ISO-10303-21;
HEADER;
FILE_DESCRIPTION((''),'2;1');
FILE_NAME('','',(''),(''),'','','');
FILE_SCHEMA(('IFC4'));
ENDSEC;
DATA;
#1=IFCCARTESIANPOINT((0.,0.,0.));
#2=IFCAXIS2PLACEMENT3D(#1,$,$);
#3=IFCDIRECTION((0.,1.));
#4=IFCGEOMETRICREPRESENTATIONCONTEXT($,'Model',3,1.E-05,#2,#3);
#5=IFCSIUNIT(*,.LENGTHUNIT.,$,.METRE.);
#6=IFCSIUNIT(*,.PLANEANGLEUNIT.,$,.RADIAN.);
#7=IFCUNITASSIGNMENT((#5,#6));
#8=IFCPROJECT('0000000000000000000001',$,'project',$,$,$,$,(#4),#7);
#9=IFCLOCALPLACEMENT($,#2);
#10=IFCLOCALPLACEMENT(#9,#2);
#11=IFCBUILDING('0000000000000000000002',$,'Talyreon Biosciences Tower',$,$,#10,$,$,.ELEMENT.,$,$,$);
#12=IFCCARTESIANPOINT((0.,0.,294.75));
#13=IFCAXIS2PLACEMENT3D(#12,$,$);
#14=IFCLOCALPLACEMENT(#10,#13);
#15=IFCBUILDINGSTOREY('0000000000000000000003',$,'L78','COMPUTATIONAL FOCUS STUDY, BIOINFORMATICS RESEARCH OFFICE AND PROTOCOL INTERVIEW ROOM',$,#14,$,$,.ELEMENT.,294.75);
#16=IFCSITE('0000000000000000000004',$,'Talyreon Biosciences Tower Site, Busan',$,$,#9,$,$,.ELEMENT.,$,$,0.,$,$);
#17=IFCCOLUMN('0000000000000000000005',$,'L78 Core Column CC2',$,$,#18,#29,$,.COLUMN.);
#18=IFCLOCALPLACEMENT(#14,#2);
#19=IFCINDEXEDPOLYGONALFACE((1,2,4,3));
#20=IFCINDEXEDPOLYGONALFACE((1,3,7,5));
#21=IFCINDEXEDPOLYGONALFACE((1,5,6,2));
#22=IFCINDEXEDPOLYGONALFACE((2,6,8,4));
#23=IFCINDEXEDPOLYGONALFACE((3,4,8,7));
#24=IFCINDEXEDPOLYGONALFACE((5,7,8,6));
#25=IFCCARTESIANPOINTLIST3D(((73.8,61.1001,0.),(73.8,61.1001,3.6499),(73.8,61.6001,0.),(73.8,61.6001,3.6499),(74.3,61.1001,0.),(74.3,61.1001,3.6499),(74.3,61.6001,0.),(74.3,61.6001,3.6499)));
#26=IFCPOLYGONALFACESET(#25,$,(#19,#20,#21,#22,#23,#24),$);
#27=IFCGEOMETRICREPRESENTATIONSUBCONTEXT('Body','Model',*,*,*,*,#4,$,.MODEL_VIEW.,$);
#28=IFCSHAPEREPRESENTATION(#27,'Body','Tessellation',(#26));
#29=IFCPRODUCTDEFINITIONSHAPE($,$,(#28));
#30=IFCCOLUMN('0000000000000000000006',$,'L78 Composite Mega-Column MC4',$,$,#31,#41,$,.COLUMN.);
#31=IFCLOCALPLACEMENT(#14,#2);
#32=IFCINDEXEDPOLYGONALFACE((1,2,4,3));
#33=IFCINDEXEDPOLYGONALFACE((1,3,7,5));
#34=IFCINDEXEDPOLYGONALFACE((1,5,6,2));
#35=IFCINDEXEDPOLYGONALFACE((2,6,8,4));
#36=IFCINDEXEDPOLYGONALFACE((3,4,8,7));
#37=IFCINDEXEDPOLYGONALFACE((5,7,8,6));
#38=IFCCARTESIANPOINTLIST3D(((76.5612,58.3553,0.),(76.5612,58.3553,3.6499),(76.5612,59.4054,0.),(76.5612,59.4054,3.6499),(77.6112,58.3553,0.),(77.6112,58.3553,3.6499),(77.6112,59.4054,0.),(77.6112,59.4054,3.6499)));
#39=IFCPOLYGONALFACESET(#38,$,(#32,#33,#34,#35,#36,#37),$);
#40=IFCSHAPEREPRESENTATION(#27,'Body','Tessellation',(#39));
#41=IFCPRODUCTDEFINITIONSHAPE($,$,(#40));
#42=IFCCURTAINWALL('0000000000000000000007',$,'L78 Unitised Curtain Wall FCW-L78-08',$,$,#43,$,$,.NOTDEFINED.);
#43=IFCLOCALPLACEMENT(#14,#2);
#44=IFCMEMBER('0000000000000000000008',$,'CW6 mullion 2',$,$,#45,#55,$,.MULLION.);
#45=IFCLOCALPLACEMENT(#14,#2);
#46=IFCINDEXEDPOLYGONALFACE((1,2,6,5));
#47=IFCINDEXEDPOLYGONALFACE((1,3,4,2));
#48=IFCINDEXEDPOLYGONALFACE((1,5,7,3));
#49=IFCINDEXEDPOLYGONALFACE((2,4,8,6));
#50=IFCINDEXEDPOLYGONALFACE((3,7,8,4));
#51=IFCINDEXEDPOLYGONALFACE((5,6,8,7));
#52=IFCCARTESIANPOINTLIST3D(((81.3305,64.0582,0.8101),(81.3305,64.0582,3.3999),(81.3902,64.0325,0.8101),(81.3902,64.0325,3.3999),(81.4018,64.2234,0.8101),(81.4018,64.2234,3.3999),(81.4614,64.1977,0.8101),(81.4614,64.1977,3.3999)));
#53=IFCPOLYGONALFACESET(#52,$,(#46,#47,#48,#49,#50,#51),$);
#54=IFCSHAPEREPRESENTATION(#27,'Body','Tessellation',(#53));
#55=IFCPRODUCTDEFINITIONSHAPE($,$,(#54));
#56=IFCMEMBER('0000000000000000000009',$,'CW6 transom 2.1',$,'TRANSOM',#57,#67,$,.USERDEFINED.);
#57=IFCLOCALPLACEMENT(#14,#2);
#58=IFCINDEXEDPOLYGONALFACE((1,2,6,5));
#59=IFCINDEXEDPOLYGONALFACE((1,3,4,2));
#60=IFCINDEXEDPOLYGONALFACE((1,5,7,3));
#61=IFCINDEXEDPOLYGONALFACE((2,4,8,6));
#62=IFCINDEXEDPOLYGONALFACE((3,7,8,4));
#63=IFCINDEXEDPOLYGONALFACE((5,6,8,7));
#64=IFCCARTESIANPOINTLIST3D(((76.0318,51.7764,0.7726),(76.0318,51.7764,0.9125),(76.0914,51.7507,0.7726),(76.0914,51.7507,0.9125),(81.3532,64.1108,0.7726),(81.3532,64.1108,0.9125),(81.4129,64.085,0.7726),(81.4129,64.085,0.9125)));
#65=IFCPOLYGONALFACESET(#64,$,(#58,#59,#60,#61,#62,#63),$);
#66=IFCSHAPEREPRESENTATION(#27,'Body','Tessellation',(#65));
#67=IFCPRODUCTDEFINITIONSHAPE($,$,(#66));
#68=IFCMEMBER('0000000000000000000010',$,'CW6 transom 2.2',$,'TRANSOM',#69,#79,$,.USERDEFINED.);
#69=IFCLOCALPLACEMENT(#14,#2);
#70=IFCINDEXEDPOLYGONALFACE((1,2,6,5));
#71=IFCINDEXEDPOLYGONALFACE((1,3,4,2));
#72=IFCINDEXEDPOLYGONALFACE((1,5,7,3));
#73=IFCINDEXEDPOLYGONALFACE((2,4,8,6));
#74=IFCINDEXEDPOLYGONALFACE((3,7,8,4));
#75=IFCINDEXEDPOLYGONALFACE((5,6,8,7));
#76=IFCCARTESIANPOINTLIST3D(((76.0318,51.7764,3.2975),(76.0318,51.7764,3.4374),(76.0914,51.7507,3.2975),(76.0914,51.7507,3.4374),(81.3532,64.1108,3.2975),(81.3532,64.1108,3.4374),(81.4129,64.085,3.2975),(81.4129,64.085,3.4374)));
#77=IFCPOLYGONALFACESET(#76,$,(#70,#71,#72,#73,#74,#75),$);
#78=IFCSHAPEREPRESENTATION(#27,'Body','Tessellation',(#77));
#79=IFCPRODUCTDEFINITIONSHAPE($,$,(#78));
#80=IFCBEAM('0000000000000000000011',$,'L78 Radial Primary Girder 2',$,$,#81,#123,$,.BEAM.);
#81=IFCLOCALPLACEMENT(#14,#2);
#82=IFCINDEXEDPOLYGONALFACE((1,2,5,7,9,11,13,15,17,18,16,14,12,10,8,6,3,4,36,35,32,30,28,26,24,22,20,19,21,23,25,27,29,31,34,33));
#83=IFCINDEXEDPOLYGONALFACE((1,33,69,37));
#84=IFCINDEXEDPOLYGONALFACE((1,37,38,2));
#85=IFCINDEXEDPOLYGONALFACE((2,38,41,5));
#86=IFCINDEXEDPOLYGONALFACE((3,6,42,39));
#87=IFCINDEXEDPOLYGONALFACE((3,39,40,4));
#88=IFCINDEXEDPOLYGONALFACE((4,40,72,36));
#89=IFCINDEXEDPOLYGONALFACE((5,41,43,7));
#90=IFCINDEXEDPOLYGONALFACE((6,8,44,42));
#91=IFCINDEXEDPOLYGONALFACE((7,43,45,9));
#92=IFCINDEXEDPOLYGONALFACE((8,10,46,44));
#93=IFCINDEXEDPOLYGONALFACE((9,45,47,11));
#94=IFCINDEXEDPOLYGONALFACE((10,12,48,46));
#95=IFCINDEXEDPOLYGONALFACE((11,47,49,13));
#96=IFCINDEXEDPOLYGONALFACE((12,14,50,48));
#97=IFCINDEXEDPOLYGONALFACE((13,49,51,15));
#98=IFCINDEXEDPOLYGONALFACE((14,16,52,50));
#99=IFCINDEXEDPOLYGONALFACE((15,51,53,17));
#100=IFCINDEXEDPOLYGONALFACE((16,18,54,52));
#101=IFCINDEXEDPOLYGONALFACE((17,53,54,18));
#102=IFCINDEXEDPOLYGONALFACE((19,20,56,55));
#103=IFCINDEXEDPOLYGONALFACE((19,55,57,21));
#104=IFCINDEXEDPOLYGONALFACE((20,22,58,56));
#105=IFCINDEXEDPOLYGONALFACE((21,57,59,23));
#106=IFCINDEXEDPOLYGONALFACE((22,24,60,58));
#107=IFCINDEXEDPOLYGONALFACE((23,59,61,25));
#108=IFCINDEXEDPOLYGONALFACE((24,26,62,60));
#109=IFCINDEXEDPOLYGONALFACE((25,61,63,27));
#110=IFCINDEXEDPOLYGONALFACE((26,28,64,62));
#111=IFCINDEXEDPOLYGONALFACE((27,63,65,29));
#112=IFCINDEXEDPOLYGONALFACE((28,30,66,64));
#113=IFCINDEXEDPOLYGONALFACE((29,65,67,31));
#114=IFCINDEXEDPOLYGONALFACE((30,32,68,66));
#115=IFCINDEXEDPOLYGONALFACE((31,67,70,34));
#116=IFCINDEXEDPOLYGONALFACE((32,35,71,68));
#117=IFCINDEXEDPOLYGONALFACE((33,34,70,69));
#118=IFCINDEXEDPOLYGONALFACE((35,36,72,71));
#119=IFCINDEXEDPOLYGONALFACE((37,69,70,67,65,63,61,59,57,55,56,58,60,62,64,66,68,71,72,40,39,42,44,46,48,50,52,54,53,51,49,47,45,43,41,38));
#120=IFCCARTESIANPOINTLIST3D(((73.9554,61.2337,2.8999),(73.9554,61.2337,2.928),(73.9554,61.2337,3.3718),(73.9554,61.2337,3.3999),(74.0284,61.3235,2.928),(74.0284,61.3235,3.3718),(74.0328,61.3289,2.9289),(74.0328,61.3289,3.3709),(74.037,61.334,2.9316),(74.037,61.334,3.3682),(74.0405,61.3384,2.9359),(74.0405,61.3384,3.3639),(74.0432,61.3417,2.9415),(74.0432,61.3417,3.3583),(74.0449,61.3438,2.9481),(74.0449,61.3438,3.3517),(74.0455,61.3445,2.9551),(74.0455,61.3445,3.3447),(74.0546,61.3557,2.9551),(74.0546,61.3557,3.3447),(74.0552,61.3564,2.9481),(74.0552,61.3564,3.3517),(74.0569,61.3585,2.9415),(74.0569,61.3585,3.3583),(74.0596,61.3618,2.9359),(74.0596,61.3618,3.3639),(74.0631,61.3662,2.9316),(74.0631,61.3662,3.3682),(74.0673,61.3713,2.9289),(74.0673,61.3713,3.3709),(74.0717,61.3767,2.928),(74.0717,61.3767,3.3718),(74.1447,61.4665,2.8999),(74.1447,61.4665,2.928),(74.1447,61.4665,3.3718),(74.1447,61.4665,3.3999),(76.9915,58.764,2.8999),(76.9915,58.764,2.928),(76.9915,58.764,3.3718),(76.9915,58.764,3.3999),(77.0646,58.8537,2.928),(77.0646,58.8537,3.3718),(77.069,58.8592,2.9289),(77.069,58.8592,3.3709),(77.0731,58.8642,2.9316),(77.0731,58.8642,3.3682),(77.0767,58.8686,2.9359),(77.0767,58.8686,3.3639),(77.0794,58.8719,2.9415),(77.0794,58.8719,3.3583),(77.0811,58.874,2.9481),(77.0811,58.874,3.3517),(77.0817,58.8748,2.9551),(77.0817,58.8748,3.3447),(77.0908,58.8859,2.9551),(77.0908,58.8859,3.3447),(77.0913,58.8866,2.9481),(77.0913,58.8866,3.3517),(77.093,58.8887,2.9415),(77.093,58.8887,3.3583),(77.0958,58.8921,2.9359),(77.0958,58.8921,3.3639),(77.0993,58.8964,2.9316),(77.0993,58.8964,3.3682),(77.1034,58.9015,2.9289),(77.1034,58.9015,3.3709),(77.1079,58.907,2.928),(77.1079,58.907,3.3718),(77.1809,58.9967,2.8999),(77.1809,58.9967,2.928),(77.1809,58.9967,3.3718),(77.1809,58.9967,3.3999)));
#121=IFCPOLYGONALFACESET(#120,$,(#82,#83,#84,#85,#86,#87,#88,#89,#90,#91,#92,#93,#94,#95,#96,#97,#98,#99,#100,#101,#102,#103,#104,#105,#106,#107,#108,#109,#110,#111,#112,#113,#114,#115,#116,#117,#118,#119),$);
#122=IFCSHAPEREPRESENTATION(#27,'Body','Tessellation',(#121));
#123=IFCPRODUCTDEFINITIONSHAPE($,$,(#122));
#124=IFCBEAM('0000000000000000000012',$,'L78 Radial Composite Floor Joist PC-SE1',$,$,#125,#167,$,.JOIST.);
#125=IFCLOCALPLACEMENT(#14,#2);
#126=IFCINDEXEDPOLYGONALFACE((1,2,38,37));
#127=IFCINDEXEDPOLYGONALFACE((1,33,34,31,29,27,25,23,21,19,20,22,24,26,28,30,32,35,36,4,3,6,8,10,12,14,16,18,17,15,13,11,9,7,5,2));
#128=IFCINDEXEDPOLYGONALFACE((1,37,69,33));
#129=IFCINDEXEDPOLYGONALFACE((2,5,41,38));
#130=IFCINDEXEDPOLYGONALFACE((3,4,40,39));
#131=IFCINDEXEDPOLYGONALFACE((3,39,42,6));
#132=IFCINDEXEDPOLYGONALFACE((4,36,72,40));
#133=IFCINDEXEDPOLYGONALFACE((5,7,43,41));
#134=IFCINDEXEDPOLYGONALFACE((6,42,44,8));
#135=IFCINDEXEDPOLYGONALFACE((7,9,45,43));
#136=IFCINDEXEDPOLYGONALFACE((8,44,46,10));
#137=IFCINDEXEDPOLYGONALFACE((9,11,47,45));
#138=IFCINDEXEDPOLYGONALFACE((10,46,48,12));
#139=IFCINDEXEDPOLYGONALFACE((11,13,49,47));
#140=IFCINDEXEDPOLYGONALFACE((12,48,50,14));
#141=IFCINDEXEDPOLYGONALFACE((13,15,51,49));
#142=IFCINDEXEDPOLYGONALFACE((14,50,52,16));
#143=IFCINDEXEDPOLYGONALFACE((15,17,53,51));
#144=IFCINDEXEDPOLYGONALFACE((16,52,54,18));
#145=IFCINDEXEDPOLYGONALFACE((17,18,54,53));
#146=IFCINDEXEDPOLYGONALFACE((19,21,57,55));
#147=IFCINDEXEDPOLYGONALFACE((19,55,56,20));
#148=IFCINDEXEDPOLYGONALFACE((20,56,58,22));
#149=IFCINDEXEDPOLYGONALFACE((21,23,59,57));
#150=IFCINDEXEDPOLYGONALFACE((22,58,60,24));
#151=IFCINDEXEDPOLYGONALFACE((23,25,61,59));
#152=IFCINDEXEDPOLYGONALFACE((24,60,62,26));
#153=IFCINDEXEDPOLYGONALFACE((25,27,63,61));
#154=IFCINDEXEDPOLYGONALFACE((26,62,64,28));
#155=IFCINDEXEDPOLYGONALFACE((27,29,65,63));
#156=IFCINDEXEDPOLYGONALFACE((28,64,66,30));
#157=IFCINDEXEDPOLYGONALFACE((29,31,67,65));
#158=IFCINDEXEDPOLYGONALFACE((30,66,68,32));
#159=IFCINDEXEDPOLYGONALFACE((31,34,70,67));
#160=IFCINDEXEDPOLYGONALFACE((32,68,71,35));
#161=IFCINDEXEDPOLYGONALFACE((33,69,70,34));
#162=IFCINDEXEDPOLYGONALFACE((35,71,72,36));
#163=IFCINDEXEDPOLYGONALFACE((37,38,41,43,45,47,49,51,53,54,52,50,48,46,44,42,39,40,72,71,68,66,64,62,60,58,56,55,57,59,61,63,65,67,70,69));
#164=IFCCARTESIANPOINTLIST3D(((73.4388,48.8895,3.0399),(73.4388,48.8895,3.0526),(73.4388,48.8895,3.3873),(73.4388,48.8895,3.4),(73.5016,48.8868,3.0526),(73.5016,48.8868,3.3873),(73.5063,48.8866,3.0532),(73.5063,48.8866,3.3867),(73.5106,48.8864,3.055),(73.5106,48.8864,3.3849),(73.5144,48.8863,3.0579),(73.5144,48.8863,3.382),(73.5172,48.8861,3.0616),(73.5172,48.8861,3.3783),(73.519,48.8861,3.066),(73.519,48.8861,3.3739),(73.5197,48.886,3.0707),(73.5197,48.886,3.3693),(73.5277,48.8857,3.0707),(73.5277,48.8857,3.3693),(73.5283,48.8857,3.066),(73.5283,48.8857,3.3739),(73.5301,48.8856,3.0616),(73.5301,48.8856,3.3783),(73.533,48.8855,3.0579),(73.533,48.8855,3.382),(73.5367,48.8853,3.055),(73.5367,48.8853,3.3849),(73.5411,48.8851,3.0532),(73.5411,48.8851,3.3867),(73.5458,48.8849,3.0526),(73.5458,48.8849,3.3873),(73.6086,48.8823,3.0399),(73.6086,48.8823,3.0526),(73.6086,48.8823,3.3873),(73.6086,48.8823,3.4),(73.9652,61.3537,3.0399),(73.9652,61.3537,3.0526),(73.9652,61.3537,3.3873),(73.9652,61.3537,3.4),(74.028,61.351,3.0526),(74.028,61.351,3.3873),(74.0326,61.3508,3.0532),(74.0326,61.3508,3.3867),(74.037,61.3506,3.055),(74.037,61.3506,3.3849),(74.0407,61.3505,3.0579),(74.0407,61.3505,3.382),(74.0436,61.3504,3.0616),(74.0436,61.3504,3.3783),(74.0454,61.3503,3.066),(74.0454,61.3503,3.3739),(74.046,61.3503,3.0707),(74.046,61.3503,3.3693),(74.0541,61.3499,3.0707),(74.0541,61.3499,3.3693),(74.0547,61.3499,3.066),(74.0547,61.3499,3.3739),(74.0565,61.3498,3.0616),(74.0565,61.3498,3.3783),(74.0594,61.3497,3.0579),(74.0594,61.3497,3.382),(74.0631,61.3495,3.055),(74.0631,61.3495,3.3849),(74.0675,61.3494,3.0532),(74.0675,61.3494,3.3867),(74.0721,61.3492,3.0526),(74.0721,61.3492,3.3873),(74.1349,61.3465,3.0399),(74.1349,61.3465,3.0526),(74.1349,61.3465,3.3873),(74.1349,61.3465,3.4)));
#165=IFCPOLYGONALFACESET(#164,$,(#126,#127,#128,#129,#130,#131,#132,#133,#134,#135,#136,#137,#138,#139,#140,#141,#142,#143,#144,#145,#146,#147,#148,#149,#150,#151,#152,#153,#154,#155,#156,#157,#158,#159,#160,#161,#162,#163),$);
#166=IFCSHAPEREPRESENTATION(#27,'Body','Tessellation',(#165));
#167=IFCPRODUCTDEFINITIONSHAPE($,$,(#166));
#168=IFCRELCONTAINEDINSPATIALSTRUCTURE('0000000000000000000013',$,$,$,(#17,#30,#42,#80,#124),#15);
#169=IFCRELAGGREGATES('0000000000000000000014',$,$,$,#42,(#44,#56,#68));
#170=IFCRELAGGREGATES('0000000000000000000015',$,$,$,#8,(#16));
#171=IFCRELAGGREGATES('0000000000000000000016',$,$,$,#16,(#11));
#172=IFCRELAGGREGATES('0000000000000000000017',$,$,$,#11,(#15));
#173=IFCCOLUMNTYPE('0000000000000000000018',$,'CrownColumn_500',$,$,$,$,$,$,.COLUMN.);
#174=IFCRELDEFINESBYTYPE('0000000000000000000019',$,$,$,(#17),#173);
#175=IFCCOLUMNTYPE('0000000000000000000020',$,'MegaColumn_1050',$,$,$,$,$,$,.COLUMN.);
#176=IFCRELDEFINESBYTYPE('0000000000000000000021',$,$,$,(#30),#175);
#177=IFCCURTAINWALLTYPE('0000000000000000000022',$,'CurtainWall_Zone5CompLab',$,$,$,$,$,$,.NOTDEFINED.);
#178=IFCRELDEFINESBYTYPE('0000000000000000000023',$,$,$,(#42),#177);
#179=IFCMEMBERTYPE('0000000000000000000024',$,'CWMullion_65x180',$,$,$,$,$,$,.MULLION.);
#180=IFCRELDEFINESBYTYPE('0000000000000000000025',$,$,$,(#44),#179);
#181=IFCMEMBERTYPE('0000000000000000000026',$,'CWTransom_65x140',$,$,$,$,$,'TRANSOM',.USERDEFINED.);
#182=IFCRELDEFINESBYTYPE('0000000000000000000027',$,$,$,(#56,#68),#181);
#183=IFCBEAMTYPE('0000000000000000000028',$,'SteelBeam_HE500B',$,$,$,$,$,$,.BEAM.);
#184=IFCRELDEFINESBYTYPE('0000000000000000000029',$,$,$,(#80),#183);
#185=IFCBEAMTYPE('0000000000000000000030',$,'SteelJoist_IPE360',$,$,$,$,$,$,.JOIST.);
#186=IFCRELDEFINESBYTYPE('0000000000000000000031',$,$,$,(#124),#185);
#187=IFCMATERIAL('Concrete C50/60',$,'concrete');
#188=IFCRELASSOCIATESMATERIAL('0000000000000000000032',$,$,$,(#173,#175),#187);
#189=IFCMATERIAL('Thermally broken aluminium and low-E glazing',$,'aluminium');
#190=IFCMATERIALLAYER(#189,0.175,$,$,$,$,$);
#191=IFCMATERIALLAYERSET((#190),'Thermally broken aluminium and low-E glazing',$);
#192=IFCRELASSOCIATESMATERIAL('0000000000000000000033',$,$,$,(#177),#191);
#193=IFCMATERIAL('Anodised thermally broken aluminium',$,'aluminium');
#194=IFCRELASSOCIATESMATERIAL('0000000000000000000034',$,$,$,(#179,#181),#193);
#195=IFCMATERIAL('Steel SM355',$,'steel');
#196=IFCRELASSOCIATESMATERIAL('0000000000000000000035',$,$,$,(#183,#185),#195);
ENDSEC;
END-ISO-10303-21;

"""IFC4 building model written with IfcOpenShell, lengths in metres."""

from ifc_helpers import new_model, si_unit, direction, frame, origin, origin_2d, place, context, subcontext, project, spatial, rectangle, i_section, extrude, material, layer, layer_set, material_profile, profile_set, type_object, element, aggregate, save


model = new_model("IFC4")

# Units and contexts
model_context = context("Model", 3, precision=1e-05, world=origin(), true_north=direction((0.0, 1.0)))
body_context = subcontext(model_context, "Body", "Model", "MODEL_VIEW")
ifc_project = project(units=[si_unit("LENGTHUNIT", "METRE"), si_unit("PLANEANGLEUNIT", "RADIAN")], contexts=[model_context])

# Site, building, storey
site_placement = place(None, origin())
site = spatial("IfcSite", under=ifc_project, at=site_placement, Name="Talyreon Biosciences Tower Site, Busan", CompositionType="ELEMENT", RefElevation=0.0)
building_placement = place(site_placement, origin())
building = spatial("IfcBuilding", under=site, at=building_placement, Name="Talyreon Biosciences Tower", CompositionType="ELEMENT")
storey_placement = place(building_placement, frame((0.0, 0.0, 294.75)))
storey = spatial("IfcBuildingStorey", under=building, at=storey_placement, Name="L78", Description="COMPUTATIONAL FOCUS STUDY, BIOINFORMATICS RESEARCH OFFICE AND PROTOCOL INTERVIEW ROOM", CompositionType="ELEMENT", Elevation=294.75)

# Columns
ifc_material_1 = material(Name="Concrete C50/60", Category="concrete")
ifc_material_profile_1 = material_profile(ifc_material_1, rectangle(XDim=0.5, YDim=0.5, at=origin_2d()), Name="RC 500x500")
ifc_profile_set_1 = profile_set([ifc_material_profile_1], Name="Concrete C50/60")
column_type_1 = type_object("IfcColumnType", Name="CrownColumn_500", PredefinedType="COLUMN", material=ifc_profile_set_1)
column_1_placement = place(storey_placement, frame((74.05, 61.3501, 0.0), z_axis=(0.0, 0.0, 1.0), x_axis=(1.0, 0.0, 0.0)))
element("IfcColumn", 1, at=column_1_placement, inside=storey, type_object=column_type_1, Name="L78 Core Column CC2", PredefinedType="COLUMN", context=body_context, shape_type="SweptSolid", body=[
    extrude(rectangle(XDim=0.5, YDim=0.5, at=origin_2d()), origin(), (0.0, 0.0, 1.0), 3.6499),
])
ifc_material_profile_2 = material_profile(ifc_material_1, rectangle(XDim=1.05, YDim=1.05, at=origin_2d()), Name="RC 1050x1050")
ifc_profile_set_2 = profile_set([ifc_material_profile_2], Name="Concrete C50/60")
column_type_2 = type_object("IfcColumnType", Name="MegaColumn_1050", PredefinedType="COLUMN", material=ifc_profile_set_2)
column_2_placement = place(storey_placement, frame((77.0862, 58.8804, 0.0), z_axis=(0.0, 0.0, 1.0), x_axis=(1.0, 0.0, 0.0)))
element("IfcColumn", 2, at=column_2_placement, inside=storey, type_object=column_type_2, Name="L78 Composite Mega-Column MC4", PredefinedType="COLUMN", context=body_context, shape_type="SweptSolid", body=[
    extrude(rectangle(XDim=1.05, YDim=1.05, at=origin_2d()), origin(), (0.0, 0.0, 1.0), 3.6499),
])

# Curtain wall, members
ifc_material_2 = material(Name="Thermally broken aluminium and low-E glazing", Category="aluminium")
ifc_layer_1 = layer(ifc_material_2, 0.175)
ifc_layer_set_1 = layer_set([ifc_layer_1], Name="Thermally broken aluminium and low-E glazing")
curtain_wall_type = type_object("IfcCurtainWallType", Name="CurtainWall_Zone5CompLab", PredefinedType="NOTDEFINED", material=ifc_layer_set_1)
curtain_wall_placement = place(storey_placement, origin())
curtain_wall = element("IfcCurtainWall", 3, at=curtain_wall_placement, inside=storey, type_object=curtain_wall_type, Name="L78 Unitised Curtain Wall FCW-L78-08", PredefinedType="NOTDEFINED")
ifc_material_3 = material(Name="Anodised thermally broken aluminium", Category="aluminium")
ifc_material_profile_3 = material_profile(ifc_material_3, rectangle(XDim=0.0649, YDim=0.1799, at=origin_2d()), Name="ALUM MULLION 65x180")
ifc_profile_set_3 = profile_set([ifc_material_profile_3], Name="Anodised thermally broken aluminium")
member_type_1 = type_object("IfcMemberType", Name="CWMullion_65x180", PredefinedType="MULLION", material=ifc_profile_set_3)
member_1_placement = place(storey_placement, frame((81.396, 64.1279, 0.8101), z_axis=(0.0, 0.0, 1.0), x_axis=(0.918187, -0.396147, 0.0)))
member_1 = element("IfcMember", 4, at=member_1_placement, type_object=member_type_1, Name="CW6 mullion 2", PredefinedType="MULLION", context=body_context, shape_type="SweptSolid", body=[
    extrude(rectangle(XDim=0.0649, YDim=0.1799, at=origin_2d()), origin(), (0.0, 0.0, 1.0), 2.5898),
])
ifc_material_profile_4 = material_profile(ifc_material_3, rectangle(XDim=0.0649, YDim=0.1399, at=origin_2d()), Name="ALUM TRANSOM 65x140")
ifc_profile_set_4 = profile_set([ifc_material_profile_4], Name="Anodised thermally broken aluminium")
member_type_2 = type_object("IfcMemberType", Name="CWTransom_65x140", ElementType="TRANSOM", PredefinedType="USERDEFINED", material=ifc_profile_set_4)
member_2_placement = place(storey_placement, frame((81.3831, 64.0979, 0.8425), z_axis=(-0.39614, -0.91819, 0.0), x_axis=(0.91819, -0.39614, 0.0)))
member_2 = element("IfcMember", 5, at=member_2_placement, type_object=member_type_2, Name="CW6 transom 2.1", ObjectType="TRANSOM", PredefinedType="USERDEFINED", context=body_context, shape_type="SweptSolid", body=[
    extrude(rectangle(XDim=0.0649, YDim=0.1399, at=origin_2d()), origin(), (0.0, 0.0, 1.0), 13.4333),
])
member_3_placement = place(storey_placement, frame((81.3831, 64.0979, 3.3674), z_axis=(-0.39614, -0.91819, 0.0), x_axis=(0.91819, -0.39614, 0.0)))
member_3 = element("IfcMember", 6, at=member_3_placement, type_object=member_type_2, Name="CW6 transom 2.2", ObjectType="TRANSOM", PredefinedType="USERDEFINED", context=body_context, shape_type="SweptSolid", body=[
    extrude(rectangle(XDim=0.0649, YDim=0.1399, at=origin_2d()), origin(), (0.0, 0.0, 1.0), 13.4333),
])
aggregate(curtain_wall, [member_1, member_2, member_3])

# Beams
ifc_material_4 = material(Name="Steel SM355", Category="steel")
ifc_material_profile_5 = material_profile(ifc_material_4, i_section(OverallWidth=0.3, OverallDepth=0.5, WebThickness=0.0144, FlangeThickness=0.0281, FilletRadius=0.0271, at=origin_2d()), Name="HE500B")
ifc_profile_set_5 = profile_set([ifc_material_profile_5], Name="Steel SM355")
beam_type_1 = type_object("IfcBeamType", Name="SteelBeam_HE500B", PredefinedType="BEAM", material=ifc_profile_set_5)
beam_1_placement = place(storey_placement, frame((74.05, 61.3501, 3.1499), z_axis=(0.775755, -0.631034, 0.0), x_axis=(0.631034, 0.775755, 0.0)))
element("IfcBeam", 7, at=beam_1_placement, inside=storey, type_object=beam_type_1, Name="L78 Radial Primary Girder 2", PredefinedType="BEAM", context=body_context, shape_type="SweptSolid", body=[
    extrude(i_section(OverallWidth=0.3, OverallDepth=0.5, WebThickness=0.0144, FlangeThickness=0.0281, FilletRadius=0.0271, at=origin_2d()), origin(), (0.0, 0.0, 1.0), 3.9138),
])
ifc_material_profile_6 = material_profile(ifc_material_4, i_section(OverallWidth=0.1699, OverallDepth=0.3601, WebThickness=0.0081, FlangeThickness=0.0127, FilletRadius=0.0181, at=origin_2d()), Name="IPE360")
ifc_profile_set_6 = profile_set([ifc_material_profile_6], Name="Steel SM355")
beam_type_2 = type_object("IfcBeamType", Name="SteelJoist_IPE360", PredefinedType="JOIST", material=ifc_profile_set_6)
beam_2_placement = place(storey_placement, frame((74.05, 61.3501, 3.22), z_axis=(-0.042193, -0.999109, 0.0), x_axis=(0.999109, -0.042193, 0.0)))
element("IfcBeam", 8, at=beam_2_placement, inside=storey, type_object=beam_type_2, Name="L78 Radial Composite Floor Joist PC-SE1", PredefinedType="JOIST", context=body_context, shape_type="SweptSolid", body=[
    extrude(i_section(OverallWidth=0.1699, OverallDepth=0.3601, WebThickness=0.0081, FlangeThickness=0.0127, FilletRadius=0.0181, at=origin_2d()), origin(), (0.0, 0.0, 1.0), 12.4753),
])

save(model, "model.ifc")
